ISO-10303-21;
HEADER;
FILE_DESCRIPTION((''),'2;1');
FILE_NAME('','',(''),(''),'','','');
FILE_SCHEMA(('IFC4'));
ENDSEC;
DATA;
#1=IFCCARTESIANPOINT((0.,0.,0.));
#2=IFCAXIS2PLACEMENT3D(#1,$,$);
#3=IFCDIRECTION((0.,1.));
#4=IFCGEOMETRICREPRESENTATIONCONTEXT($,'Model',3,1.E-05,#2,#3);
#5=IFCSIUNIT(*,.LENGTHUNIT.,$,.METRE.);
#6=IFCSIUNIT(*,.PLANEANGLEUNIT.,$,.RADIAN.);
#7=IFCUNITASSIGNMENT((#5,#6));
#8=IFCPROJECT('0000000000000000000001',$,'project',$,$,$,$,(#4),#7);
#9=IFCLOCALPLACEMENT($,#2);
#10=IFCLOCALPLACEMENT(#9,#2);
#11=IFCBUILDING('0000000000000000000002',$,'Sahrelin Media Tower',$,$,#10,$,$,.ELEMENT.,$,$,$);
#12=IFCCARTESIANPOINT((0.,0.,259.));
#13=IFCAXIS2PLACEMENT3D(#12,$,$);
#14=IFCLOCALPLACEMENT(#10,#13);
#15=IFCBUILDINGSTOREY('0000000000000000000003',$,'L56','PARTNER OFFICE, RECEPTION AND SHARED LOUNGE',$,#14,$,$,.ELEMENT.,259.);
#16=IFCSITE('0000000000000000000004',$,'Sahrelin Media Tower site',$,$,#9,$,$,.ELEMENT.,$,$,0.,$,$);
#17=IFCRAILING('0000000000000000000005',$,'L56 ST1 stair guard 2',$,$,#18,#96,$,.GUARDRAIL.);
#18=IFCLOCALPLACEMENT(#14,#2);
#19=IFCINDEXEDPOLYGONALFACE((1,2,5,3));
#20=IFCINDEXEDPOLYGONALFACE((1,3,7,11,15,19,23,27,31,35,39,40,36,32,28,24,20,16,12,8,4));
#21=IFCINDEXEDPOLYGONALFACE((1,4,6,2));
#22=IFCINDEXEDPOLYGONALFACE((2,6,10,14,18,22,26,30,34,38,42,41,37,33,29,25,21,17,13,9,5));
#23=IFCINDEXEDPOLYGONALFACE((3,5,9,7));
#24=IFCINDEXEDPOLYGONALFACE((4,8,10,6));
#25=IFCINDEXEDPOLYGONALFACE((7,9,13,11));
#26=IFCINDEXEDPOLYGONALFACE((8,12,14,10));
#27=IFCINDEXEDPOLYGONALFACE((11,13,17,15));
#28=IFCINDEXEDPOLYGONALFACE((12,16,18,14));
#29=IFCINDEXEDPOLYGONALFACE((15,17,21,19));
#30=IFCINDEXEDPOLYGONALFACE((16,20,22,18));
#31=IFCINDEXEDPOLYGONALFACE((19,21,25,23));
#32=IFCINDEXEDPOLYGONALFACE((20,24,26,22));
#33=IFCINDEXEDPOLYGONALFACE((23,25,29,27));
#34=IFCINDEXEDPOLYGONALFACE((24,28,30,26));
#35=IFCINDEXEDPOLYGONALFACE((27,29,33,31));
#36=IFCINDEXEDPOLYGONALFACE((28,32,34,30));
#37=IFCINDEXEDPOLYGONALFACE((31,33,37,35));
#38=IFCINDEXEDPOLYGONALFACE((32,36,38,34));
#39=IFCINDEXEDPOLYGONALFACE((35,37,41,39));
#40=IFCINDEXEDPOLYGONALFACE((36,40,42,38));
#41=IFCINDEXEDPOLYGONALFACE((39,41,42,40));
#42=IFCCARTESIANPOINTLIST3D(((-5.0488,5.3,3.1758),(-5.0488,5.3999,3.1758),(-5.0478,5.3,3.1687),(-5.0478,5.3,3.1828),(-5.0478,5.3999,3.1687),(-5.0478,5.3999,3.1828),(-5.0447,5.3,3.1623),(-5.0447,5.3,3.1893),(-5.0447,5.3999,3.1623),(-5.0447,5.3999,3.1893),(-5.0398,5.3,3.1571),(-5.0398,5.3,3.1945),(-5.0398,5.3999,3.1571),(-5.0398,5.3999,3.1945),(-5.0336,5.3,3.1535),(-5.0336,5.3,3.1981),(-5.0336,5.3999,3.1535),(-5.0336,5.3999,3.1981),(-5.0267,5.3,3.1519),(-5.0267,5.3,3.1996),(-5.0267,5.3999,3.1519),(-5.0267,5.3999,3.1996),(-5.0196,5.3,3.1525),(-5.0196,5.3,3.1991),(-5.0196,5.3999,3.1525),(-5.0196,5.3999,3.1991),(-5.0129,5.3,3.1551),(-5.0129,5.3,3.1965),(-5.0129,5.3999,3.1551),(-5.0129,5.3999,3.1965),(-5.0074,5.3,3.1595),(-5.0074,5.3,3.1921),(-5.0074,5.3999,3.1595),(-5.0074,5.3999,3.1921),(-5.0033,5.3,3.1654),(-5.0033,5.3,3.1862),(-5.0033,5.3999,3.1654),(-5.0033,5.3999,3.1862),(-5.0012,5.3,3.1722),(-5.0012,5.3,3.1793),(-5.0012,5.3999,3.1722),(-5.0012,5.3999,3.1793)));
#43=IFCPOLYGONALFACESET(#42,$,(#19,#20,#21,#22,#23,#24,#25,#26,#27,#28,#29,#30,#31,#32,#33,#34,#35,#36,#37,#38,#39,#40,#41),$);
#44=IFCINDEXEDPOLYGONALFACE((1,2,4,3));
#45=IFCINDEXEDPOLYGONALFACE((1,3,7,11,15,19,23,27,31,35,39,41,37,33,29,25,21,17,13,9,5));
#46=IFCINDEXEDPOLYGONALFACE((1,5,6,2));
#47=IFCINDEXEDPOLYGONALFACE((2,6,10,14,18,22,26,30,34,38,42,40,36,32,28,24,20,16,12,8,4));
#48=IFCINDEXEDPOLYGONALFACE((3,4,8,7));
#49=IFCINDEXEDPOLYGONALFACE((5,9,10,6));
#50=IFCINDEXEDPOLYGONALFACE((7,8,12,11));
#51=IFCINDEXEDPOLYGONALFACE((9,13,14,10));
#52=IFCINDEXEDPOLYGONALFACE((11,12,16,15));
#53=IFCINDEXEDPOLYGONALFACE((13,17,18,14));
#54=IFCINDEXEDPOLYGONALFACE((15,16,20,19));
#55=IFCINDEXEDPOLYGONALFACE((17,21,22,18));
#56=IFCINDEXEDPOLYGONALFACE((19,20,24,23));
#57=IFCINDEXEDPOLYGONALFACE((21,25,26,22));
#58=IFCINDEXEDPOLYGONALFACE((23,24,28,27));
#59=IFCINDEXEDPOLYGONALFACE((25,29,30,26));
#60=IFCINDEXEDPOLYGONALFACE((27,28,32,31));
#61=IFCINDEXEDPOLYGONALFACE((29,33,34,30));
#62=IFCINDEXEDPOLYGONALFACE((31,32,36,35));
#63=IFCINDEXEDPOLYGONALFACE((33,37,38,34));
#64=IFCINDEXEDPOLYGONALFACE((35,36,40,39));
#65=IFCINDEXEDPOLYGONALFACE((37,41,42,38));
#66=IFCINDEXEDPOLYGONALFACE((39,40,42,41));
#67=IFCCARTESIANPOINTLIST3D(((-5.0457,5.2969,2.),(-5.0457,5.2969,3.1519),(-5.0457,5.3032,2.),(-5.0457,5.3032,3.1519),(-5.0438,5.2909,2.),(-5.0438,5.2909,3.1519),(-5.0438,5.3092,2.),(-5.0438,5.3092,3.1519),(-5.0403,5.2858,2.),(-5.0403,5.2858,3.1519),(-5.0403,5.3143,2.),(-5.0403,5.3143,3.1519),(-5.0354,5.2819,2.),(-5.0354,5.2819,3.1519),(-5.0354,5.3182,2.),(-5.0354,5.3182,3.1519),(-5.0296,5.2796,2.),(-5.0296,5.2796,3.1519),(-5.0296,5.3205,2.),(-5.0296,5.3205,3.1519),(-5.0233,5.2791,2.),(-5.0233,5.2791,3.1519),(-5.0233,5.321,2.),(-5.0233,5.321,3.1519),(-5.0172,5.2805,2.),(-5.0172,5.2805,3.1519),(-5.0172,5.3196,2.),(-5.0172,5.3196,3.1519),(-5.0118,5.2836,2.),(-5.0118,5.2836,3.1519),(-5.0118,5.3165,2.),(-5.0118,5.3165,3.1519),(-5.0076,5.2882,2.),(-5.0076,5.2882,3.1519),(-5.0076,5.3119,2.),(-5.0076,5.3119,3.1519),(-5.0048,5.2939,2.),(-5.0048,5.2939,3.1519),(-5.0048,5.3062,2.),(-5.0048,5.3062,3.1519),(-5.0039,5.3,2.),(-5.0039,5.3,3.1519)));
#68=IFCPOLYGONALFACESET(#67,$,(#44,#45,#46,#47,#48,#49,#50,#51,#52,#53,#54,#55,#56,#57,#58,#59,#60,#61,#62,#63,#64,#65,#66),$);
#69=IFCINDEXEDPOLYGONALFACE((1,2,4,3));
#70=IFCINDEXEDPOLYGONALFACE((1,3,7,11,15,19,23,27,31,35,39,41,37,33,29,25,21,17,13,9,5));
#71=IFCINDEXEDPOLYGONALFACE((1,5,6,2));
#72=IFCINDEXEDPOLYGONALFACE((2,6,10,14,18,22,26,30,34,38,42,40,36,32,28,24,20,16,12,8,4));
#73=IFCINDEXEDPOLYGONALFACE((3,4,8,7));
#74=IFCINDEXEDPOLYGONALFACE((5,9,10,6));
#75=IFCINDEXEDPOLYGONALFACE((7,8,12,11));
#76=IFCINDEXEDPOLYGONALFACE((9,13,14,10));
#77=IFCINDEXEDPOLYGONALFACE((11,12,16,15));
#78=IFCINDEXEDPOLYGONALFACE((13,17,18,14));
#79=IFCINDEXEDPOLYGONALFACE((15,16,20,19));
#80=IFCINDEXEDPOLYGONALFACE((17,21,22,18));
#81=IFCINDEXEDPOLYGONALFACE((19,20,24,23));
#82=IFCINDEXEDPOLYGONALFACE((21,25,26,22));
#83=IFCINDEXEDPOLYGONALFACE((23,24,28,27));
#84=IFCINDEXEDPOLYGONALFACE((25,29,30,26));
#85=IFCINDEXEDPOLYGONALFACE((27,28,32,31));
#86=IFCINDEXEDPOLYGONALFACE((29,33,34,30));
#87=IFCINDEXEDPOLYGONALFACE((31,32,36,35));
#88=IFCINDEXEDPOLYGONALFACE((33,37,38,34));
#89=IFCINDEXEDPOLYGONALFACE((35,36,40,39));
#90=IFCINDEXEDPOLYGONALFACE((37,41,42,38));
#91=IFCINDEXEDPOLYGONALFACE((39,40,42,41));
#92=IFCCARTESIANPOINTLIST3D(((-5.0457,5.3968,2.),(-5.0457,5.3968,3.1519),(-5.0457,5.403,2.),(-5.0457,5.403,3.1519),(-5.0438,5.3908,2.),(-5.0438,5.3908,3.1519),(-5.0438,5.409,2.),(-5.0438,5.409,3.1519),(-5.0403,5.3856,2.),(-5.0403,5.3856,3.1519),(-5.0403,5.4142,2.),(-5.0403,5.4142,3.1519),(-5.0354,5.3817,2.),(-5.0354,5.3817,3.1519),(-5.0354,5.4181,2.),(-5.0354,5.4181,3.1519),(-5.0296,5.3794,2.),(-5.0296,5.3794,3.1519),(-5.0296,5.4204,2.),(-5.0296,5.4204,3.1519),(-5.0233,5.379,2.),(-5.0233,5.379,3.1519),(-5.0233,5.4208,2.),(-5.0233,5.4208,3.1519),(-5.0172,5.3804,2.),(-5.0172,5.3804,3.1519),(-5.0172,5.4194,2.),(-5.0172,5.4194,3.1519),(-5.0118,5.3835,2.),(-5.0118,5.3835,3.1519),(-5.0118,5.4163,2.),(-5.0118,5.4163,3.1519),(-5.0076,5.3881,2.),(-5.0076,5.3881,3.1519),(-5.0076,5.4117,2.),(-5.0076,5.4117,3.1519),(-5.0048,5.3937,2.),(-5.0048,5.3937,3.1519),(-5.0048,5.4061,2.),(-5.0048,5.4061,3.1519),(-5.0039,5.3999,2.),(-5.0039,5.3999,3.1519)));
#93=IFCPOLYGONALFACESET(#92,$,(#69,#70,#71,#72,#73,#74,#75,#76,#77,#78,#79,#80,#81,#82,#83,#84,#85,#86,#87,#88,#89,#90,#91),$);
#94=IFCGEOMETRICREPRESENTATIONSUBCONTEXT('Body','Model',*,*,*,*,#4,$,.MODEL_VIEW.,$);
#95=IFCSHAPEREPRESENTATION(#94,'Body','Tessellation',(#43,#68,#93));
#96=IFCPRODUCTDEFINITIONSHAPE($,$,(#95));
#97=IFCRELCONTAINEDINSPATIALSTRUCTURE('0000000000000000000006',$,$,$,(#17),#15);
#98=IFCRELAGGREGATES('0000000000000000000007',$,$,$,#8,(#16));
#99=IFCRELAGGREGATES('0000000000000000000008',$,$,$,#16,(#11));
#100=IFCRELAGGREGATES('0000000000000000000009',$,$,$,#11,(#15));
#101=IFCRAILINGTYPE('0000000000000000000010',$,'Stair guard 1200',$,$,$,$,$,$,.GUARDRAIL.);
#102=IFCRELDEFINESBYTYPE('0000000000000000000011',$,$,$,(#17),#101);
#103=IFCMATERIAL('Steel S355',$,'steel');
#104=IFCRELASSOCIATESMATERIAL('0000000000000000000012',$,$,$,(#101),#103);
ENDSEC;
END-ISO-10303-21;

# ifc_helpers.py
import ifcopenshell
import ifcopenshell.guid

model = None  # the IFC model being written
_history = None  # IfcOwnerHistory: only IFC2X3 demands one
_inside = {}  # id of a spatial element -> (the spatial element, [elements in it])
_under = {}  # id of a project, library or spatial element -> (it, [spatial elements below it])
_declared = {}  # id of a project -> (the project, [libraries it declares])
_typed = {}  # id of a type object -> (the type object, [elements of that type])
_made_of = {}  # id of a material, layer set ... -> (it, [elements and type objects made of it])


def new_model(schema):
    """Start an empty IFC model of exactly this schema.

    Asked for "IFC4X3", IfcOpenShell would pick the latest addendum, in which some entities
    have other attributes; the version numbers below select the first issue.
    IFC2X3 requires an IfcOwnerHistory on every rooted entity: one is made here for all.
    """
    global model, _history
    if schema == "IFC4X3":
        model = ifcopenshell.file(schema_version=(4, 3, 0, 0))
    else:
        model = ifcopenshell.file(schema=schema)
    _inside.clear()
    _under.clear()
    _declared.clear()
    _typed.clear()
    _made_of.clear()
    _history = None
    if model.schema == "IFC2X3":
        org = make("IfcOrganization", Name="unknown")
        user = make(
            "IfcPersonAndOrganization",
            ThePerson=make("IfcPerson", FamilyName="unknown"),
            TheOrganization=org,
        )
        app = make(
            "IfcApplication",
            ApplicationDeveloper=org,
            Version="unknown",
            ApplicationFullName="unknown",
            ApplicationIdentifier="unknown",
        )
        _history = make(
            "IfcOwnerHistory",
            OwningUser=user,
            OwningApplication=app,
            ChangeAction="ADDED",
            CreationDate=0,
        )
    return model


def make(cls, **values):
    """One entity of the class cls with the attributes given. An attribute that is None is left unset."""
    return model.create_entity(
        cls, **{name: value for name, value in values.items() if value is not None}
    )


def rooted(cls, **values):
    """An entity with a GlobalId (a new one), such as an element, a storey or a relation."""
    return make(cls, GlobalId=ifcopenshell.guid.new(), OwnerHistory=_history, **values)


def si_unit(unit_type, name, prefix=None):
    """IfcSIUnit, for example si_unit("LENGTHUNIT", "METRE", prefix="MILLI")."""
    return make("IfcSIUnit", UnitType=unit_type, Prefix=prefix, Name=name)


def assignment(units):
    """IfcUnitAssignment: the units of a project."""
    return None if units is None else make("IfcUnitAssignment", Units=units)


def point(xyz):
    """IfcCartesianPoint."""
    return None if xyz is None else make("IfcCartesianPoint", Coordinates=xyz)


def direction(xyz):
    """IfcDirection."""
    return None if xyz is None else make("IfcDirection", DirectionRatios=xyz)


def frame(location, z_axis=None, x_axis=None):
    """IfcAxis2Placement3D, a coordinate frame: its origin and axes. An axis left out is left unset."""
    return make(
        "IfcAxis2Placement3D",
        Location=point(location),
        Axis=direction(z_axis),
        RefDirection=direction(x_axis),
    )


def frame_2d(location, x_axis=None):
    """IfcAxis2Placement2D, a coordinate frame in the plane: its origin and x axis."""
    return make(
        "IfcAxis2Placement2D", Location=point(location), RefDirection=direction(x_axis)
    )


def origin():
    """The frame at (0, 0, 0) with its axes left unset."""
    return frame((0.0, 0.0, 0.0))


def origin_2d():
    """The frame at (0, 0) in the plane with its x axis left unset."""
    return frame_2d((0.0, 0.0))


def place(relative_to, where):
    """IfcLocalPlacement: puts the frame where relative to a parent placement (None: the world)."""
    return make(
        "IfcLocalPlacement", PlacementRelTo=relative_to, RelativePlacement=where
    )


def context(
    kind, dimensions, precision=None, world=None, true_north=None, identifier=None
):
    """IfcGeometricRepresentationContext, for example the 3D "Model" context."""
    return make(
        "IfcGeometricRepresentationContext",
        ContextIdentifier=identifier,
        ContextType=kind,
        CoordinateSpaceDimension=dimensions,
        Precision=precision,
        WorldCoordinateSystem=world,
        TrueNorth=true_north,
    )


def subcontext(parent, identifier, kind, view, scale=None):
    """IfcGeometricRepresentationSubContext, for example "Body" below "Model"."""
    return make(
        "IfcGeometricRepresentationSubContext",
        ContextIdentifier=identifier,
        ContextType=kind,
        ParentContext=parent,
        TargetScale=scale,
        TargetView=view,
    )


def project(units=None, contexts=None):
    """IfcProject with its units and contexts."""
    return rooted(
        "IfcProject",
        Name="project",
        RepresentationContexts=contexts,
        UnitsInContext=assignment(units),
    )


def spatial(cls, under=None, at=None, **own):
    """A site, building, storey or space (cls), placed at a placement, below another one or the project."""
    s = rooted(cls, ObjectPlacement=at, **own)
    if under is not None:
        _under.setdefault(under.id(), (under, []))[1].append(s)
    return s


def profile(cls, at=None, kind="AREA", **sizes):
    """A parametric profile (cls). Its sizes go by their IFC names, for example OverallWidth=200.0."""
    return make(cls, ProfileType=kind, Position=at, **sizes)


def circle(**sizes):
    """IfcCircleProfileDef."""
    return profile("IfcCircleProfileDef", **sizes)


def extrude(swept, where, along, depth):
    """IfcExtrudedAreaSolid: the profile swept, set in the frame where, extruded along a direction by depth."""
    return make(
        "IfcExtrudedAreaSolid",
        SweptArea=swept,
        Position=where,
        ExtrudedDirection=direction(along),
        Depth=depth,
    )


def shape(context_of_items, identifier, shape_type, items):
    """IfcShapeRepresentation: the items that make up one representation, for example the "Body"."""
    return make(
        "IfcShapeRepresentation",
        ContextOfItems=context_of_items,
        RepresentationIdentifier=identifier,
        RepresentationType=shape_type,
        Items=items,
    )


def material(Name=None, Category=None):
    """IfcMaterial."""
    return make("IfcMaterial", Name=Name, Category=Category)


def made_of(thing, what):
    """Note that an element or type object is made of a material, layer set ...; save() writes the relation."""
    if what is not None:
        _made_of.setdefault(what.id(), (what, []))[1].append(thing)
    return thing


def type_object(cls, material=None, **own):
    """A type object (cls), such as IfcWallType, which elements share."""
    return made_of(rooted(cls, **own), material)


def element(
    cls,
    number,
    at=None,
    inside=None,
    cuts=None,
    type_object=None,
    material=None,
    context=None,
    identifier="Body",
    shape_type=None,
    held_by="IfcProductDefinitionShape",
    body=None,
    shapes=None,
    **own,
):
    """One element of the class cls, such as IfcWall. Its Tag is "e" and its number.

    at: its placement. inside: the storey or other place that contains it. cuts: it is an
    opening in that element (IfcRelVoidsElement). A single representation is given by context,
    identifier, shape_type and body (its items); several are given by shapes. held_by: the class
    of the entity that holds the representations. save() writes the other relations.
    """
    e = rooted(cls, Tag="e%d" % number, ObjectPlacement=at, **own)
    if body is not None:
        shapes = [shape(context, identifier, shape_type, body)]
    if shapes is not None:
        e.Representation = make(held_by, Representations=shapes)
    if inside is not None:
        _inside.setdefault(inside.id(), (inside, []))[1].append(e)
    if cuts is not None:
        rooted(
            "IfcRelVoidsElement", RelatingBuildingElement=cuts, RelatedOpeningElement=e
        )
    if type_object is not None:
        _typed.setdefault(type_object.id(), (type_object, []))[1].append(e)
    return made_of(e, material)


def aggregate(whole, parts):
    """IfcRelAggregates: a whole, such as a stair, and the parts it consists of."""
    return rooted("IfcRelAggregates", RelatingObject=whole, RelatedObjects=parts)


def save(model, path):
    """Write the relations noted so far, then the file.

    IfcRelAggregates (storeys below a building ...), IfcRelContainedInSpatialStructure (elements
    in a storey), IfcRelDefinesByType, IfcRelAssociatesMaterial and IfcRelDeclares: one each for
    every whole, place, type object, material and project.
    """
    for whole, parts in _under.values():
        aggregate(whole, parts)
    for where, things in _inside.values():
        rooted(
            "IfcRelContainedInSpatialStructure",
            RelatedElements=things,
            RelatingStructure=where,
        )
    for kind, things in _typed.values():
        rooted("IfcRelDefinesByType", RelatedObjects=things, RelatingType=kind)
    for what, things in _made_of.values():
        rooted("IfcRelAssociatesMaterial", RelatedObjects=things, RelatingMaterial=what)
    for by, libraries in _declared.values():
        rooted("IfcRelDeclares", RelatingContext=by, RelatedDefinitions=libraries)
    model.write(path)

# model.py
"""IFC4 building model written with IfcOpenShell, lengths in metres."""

from ifc_helpers import new_model, si_unit, direction, frame, origin, origin_2d, place, context, subcontext, project, spatial, circle, extrude, material, type_object, element, save


model = new_model("IFC4")

# Units and contexts
model_context = context("Model", 3, precision=1e-05, world=origin(), true_north=direction((0.0, 1.0)))
body_context = subcontext(model_context, "Body", "Model", "MODEL_VIEW")
ifc_project = project(units=[si_unit("LENGTHUNIT", "METRE"), si_unit("PLANEANGLEUNIT", "RADIAN")], contexts=[model_context])

# Site, building, storey
site_placement = place(None, origin())
site = spatial("IfcSite", under=ifc_project, at=site_placement, Name="Sahrelin Media Tower site", CompositionType="ELEMENT", RefElevation=0.0)
building_placement = place(site_placement, origin())
building = spatial("IfcBuilding", under=site, at=building_placement, Name="Sahrelin Media Tower", CompositionType="ELEMENT")
storey_placement = place(building_placement, frame((0.0, 0.0, 259.0)))
storey = spatial("IfcBuildingStorey", under=building, at=storey_placement, Name="L56", Description="PARTNER OFFICE, RECEPTION AND SHARED LOUNGE", CompositionType="ELEMENT", Elevation=259.0)

# Shared definitions
ifc_material_1 = material(Name="Steel S355", Category="steel")

# Railing
railing_type_1 = type_object("IfcRailingType", Name="Stair guard 1200", PredefinedType="GUARDRAIL", material=ifc_material_1)
railing_1_placement = place(storey_placement, frame((-5.0249, 5.3, 2.0)))
element("IfcRailing", 1, at=railing_1_placement, inside=storey, type_object=railing_type_1, Name="L56 ST1 stair guard 2", PredefinedType="GUARDRAIL", context=body_context, shape_type="SweptSolid", body=[
    extrude(circle(Radius=0.0239, at=origin_2d()), frame((0.0, 0.0, 1.1758), z_axis=(0.0, 1.0, 0.0), x_axis=(-1.0, 0.0, 0.0)), (0.0, 0.0, 1.0), 0.0999),
    extrude(circle(Radius=0.021, at=origin_2d()), origin(), (0.0, 0.0, 1.0), 1.1519),
    extrude(circle(Radius=0.021, at=origin_2d()), frame((0.0, 0.0999, 0.0)), (0.0, 0.0, 1.0), 1.1519),
])

save(model, "model.ifc")
